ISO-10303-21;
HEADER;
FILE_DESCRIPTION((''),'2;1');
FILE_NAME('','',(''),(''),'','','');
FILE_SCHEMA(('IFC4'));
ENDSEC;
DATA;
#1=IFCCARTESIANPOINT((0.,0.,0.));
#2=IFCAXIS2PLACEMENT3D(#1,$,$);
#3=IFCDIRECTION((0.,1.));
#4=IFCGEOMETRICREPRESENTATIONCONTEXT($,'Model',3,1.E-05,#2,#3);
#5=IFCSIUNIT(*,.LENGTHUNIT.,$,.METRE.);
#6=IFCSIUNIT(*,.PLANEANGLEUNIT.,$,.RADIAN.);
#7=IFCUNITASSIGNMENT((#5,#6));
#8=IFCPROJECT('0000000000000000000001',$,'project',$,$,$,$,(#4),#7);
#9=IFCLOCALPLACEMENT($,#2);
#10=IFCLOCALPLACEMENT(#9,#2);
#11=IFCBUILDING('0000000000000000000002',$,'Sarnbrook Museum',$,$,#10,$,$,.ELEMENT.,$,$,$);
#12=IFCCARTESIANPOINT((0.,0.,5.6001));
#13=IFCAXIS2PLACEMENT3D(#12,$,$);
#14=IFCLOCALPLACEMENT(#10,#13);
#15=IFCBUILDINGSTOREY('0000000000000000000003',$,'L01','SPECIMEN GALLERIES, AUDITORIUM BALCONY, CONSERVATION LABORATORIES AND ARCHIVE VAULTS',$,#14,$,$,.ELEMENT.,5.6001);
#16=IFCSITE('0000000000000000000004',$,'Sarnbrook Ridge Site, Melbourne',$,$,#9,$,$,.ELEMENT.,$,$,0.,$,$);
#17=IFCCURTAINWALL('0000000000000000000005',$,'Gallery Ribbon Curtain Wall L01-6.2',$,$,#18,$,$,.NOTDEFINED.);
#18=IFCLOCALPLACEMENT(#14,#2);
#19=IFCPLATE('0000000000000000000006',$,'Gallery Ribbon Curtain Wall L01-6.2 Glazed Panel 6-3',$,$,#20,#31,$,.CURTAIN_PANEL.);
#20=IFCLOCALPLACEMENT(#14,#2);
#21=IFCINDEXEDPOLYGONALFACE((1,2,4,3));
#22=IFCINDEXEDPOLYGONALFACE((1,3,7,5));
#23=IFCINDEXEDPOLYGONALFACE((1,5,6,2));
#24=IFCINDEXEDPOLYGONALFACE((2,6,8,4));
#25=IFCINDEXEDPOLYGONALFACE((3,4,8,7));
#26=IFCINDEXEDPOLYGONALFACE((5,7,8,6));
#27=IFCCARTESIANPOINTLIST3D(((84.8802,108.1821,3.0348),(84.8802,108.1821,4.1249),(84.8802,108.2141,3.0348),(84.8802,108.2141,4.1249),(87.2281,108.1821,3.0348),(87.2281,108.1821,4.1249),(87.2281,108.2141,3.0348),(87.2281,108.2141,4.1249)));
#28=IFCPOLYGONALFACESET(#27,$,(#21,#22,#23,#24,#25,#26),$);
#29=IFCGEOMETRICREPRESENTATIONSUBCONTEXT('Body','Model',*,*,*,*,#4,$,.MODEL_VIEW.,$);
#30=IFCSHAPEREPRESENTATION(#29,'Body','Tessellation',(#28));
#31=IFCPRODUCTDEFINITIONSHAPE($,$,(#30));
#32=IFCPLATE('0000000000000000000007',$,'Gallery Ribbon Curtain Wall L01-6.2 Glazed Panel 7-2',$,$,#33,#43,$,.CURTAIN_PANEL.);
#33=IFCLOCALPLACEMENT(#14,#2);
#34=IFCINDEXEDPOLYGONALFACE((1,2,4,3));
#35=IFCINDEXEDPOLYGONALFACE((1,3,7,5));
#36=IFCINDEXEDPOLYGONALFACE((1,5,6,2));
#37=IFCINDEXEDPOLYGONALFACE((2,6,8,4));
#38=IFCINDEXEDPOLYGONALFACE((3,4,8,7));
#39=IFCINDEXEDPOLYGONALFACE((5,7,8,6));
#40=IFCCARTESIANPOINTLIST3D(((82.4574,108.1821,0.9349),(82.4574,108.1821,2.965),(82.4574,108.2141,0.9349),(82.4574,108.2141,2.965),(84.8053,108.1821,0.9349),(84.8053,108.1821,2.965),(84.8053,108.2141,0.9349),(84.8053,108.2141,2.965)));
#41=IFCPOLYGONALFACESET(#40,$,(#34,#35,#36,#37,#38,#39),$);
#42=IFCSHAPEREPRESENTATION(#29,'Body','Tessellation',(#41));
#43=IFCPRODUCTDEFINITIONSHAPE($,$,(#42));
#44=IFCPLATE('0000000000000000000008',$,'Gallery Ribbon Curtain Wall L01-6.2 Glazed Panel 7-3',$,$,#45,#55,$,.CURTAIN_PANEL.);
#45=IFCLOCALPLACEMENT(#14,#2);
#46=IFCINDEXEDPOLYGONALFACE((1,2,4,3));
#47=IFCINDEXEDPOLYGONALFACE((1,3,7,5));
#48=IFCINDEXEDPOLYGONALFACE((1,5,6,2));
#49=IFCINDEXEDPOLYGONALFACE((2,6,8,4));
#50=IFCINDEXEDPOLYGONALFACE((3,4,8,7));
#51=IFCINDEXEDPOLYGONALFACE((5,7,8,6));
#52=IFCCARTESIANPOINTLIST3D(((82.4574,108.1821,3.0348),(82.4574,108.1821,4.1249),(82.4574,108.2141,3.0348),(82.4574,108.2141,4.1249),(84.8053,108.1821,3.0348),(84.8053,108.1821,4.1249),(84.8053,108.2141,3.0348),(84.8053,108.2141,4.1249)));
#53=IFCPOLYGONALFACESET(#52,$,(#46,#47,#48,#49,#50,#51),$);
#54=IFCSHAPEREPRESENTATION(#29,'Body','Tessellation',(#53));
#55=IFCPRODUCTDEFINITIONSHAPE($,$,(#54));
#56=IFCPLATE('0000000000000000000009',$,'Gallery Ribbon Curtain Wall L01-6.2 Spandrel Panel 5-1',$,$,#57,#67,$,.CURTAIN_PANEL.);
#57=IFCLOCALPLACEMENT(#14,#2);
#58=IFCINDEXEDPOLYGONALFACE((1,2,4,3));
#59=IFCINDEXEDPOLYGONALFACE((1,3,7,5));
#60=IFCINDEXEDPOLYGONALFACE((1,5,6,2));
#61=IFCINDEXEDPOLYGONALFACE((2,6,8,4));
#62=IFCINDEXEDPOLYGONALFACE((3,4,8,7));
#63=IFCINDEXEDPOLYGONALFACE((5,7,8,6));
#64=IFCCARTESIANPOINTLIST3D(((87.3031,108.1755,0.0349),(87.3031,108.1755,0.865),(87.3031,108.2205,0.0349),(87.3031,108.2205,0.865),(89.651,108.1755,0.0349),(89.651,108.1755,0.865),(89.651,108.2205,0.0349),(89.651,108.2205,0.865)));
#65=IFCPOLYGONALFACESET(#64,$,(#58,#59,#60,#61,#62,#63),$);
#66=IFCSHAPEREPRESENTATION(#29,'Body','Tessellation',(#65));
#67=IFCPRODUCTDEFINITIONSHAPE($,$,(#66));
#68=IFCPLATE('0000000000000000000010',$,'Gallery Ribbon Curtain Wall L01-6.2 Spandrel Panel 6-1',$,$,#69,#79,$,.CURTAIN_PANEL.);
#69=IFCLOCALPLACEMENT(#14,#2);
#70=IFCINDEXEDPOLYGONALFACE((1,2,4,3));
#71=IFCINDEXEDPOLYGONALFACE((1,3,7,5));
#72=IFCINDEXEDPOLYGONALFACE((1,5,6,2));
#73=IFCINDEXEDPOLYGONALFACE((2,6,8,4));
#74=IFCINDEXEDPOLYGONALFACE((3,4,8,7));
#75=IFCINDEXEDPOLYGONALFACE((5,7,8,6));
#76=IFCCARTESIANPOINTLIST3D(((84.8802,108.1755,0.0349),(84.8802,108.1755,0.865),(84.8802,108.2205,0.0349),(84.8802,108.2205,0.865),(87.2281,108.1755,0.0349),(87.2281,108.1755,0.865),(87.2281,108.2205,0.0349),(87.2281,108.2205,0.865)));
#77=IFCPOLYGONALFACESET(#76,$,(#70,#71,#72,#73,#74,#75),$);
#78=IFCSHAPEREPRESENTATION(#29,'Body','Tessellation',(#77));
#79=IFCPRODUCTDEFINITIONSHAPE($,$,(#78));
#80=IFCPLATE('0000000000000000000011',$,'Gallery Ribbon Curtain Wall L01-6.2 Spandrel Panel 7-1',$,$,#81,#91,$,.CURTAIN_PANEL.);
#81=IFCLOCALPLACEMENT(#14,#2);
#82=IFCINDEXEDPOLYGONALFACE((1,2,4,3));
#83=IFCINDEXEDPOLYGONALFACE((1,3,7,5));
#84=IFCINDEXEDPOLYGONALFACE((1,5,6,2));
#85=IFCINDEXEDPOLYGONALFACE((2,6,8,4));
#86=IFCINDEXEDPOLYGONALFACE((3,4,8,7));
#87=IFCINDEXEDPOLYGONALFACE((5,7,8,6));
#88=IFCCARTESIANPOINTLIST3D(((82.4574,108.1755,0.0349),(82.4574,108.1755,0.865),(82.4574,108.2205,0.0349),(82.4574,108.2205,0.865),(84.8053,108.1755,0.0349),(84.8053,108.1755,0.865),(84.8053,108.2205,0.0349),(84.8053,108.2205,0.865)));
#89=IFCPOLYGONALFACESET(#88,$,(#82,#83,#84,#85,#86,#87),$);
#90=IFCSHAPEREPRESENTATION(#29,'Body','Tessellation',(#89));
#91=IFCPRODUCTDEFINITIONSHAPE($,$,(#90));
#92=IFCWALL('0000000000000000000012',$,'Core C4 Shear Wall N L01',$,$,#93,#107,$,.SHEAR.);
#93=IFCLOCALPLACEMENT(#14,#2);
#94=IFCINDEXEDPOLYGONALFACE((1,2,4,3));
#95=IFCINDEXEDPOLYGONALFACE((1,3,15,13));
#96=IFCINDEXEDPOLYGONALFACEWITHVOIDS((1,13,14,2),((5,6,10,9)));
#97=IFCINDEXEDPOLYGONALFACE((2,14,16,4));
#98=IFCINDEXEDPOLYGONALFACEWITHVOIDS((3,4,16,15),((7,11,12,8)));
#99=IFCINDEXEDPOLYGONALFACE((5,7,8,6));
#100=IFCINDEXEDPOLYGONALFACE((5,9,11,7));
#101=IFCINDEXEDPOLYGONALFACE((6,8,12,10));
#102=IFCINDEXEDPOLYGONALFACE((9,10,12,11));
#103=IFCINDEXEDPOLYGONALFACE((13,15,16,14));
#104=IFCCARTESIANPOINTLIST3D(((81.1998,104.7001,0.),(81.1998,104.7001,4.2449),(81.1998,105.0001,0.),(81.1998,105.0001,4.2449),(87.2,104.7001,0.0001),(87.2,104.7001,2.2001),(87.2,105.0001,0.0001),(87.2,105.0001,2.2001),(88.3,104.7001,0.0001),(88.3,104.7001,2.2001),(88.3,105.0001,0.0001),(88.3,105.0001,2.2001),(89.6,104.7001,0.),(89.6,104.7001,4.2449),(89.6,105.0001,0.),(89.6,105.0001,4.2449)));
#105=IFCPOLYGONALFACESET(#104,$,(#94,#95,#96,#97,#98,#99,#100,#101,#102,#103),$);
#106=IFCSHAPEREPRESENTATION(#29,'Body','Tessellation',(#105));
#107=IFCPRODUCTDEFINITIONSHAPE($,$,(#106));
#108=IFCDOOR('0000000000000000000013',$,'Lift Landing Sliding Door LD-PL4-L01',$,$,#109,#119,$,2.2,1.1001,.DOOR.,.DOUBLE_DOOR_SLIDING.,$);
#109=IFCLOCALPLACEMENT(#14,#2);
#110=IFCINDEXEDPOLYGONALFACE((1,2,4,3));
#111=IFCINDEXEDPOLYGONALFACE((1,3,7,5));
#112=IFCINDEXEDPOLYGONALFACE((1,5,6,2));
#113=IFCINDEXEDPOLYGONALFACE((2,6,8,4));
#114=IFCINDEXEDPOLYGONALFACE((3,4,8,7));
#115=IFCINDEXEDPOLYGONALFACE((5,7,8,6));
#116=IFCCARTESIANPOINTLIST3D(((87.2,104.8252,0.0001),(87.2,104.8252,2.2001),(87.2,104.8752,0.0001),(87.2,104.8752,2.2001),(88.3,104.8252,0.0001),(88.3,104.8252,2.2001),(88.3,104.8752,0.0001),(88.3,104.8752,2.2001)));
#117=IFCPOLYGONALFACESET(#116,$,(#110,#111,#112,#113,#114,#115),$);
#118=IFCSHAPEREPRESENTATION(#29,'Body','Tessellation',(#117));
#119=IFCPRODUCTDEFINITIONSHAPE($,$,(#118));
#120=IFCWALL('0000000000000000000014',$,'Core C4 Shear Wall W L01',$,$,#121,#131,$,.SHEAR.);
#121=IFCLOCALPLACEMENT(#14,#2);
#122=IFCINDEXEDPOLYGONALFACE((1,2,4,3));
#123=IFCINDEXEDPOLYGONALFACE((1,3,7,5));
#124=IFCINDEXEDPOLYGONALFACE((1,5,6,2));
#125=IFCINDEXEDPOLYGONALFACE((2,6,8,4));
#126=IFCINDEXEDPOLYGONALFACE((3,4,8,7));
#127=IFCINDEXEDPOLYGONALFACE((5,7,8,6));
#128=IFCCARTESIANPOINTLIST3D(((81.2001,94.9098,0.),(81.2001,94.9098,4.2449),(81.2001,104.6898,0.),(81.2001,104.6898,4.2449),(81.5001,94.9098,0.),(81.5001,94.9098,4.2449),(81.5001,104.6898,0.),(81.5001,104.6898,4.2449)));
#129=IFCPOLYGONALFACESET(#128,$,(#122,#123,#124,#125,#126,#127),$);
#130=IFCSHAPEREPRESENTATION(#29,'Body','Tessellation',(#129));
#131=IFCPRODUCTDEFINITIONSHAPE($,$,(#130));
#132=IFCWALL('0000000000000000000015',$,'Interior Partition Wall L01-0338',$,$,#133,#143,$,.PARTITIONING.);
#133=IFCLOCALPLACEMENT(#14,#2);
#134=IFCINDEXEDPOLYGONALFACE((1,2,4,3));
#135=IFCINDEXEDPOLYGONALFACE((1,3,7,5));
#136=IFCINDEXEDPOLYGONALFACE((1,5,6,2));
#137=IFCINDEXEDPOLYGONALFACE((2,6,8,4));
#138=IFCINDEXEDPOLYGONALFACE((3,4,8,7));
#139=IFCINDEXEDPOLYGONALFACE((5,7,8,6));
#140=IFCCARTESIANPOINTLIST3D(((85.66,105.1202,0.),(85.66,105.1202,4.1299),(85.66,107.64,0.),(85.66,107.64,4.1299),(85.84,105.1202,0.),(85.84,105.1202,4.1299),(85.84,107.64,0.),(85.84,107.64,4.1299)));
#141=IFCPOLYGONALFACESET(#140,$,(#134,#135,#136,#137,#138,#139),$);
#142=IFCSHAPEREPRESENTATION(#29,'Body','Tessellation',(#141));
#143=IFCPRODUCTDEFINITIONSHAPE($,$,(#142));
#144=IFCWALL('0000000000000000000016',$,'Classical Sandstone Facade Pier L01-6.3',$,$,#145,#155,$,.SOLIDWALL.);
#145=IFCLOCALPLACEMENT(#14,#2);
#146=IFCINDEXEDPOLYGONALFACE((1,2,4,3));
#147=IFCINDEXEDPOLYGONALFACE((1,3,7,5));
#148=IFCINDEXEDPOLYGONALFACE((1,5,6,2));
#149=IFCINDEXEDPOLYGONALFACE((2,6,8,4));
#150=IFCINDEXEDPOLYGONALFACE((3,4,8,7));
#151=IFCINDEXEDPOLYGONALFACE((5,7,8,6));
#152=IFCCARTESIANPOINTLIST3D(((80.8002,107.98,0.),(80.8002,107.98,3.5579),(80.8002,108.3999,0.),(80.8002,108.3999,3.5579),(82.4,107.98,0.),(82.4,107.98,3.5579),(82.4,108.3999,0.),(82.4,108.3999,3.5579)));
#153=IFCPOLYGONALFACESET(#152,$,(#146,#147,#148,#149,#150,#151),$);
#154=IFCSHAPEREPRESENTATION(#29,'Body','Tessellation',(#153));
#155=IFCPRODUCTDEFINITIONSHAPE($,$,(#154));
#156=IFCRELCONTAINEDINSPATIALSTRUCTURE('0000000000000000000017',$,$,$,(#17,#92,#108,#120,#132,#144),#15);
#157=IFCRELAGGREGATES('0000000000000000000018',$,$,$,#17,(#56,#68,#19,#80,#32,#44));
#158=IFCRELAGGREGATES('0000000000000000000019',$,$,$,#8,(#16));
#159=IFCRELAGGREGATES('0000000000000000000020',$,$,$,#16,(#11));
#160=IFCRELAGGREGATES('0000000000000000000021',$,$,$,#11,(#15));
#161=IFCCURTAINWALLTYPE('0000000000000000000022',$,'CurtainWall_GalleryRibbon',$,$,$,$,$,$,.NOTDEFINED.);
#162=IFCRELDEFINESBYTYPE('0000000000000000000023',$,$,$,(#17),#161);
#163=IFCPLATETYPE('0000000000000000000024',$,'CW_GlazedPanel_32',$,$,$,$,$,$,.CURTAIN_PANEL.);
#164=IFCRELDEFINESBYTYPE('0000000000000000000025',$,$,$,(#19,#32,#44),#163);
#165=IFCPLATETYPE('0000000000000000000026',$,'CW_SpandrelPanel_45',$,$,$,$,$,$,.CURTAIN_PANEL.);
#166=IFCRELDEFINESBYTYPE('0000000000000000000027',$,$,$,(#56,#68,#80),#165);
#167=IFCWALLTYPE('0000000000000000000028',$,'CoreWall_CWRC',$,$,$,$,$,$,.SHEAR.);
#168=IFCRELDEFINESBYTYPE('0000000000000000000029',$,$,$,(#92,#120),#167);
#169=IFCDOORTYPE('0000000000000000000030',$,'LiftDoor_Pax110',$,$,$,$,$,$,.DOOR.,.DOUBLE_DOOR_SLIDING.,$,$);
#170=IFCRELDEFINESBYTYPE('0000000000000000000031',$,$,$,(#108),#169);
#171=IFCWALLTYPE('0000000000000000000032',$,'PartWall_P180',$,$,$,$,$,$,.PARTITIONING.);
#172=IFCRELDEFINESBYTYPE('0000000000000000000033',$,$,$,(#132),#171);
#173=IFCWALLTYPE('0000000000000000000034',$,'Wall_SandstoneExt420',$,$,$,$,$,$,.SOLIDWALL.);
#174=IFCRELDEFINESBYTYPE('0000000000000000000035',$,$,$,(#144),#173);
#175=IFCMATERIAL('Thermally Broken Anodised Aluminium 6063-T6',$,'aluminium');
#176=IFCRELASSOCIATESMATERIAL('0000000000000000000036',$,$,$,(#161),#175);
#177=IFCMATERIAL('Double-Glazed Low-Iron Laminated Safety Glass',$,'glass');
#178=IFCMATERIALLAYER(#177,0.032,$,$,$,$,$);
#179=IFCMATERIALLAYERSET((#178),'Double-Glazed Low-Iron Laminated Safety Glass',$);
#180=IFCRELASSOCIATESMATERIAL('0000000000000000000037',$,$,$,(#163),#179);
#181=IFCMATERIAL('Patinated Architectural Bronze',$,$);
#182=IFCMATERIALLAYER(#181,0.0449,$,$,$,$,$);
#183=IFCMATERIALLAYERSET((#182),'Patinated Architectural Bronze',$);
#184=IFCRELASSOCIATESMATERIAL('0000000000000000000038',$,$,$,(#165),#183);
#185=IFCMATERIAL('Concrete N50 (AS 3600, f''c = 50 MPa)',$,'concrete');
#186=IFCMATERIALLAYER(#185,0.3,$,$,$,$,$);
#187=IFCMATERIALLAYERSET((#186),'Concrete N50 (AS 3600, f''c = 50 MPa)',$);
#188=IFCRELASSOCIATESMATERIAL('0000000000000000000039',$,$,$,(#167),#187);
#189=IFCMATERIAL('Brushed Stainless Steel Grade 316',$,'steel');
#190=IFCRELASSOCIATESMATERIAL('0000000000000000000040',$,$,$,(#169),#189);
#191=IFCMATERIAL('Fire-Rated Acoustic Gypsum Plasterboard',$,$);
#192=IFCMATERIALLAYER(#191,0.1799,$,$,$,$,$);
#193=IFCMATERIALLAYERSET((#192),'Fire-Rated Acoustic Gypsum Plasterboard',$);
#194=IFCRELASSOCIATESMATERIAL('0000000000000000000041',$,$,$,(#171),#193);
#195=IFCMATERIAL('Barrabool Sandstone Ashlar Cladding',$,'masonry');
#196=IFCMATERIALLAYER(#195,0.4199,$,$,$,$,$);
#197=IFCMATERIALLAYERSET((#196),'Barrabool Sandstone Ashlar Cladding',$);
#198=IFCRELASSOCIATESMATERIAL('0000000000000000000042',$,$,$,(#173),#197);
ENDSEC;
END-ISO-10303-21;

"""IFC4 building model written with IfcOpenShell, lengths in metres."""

from ifc_helpers import new_model, si_unit, direction, frame, frame_2d, origin, origin_2d, place, context, subcontext, project, spatial, rectangle, extrude, material, layer, layer_set, type_object, element, fill, aggregate, save


model = new_model("IFC4")

# Units and contexts
model_context = context("Model", 3, precision=1e-05, world=origin(), true_north=direction((0.0, 1.0)))
body_context = subcontext(model_context, "Body", "Model", "MODEL_VIEW")
ifc_project = project(units=[si_unit("LENGTHUNIT", "METRE"), si_unit("PLANEANGLEUNIT", "RADIAN")], contexts=[model_context])

# Site, building, storey
site_placement = place(None, origin())
site = spatial("IfcSite", under=ifc_project, at=site_placement, Name="Sarnbrook Ridge Site, Melbourne", CompositionType="ELEMENT", RefElevation=0.0)
building_placement = place(site_placement, origin())
building = spatial("IfcBuilding", under=site, at=building_placement, Name="Sarnbrook Museum", CompositionType="ELEMENT")
storey_placement = place(building_placement, frame((0.0, 0.0, 5.6001)))
storey = spatial("IfcBuildingStorey", under=building, at=storey_placement, Name="L01", Description="SPECIMEN GALLERIES, AUDITORIUM BALCONY, CONSERVATION LABORATORIES AND ARCHIVE VAULTS", CompositionType="ELEMENT", Elevation=5.6001)

# Curtain wall, plates
ifc_material_1 = material(Name="Thermally Broken Anodised Aluminium 6063-T6", Category="aluminium")
curtain_wall_type = type_object("IfcCurtainWallType", Name="CurtainWall_GalleryRibbon", PredefinedType="NOTDEFINED", material=ifc_material_1)
curtain_wall_placement = place(storey_placement, origin())
curtain_wall = element("IfcCurtainWall", 1, at=curtain_wall_placement, inside=storey, type_object=curtain_wall_type, Name="Gallery Ribbon Curtain Wall L01-6.2", PredefinedType="NOTDEFINED")
ifc_material_2 = material(Name="Double-Glazed Low-Iron Laminated Safety Glass", Category="glass")
ifc_layer_1 = layer(ifc_material_2, 0.032)
ifc_layer_set_1 = layer_set([ifc_layer_1], Name="Double-Glazed Low-Iron Laminated Safety Glass")
plate_type_1 = type_object("IfcPlateType", Name="CW_GlazedPanel_32", PredefinedType="CURTAIN_PANEL", material=ifc_layer_set_1)
plate_1_placement = place(storey_placement, frame((86.0542, 108.1821, 3.5798), z_axis=(0.0, 1.0, 0.0), x_axis=(-1.0, 0.0, 0.0)))
plate_1 = element("IfcPlate", 2, at=plate_1_placement, type_object=plate_type_1, Name="Gallery Ribbon Curtain Wall L01-6.2 Glazed Panel 6-3", PredefinedType="CURTAIN_PANEL", context=body_context, shape_type="SweptSolid", body=[
    extrude(rectangle(XDim=2.3479, YDim=1.0901, at=origin_2d()), origin(), (0.0, 0.0, 1.0), 0.032),
])
plate_2_placement = place(storey_placement, frame((83.6313, 108.1821, 1.95), z_axis=(0.0, 1.0, 0.0), x_axis=(-1.0, 0.0, 0.0)))
plate_2 = element("IfcPlate", 3, at=plate_2_placement, type_object=plate_type_1, Name="Gallery Ribbon Curtain Wall L01-6.2 Glazed Panel 7-2", PredefinedType="CURTAIN_PANEL", context=body_context, shape_type="SweptSolid", body=[
    extrude(rectangle(XDim=2.3479, YDim=2.03, at=origin_2d()), origin(), (0.0, 0.0, 1.0), 0.032),
])
plate_3_placement = place(storey_placement, frame((83.6313, 108.1821, 3.5798), z_axis=(0.0, 1.0, 0.0), x_axis=(-1.0, 0.0, 0.0)))
plate_3 = element("IfcPlate", 4, at=plate_3_placement, type_object=plate_type_1, Name="Gallery Ribbon Curtain Wall L01-6.2 Glazed Panel 7-3", PredefinedType="CURTAIN_PANEL", context=body_context, shape_type="SweptSolid", body=[
    extrude(rectangle(XDim=2.3479, YDim=1.0901, at=origin_2d()), origin(), (0.0, 0.0, 1.0), 0.032),
])
ifc_material_3 = material(Name="Patinated Architectural Bronze")
ifc_layer_2 = layer(ifc_material_3, 0.0449)
ifc_layer_set_2 = layer_set([ifc_layer_2], Name="Patinated Architectural Bronze")
plate_type_2 = type_object("IfcPlateType", Name="CW_SpandrelPanel_45", PredefinedType="CURTAIN_PANEL", material=ifc_layer_set_2)
plate_4_placement = place(storey_placement, frame((88.4771, 108.1755, 0.45), z_axis=(0.0, 1.0, 0.0), x_axis=(-1.0, 0.0, 0.0)))
plate_4 = element("IfcPlate", 5, at=plate_4_placement, type_object=plate_type_2, Name="Gallery Ribbon Curtain Wall L01-6.2 Spandrel Panel 5-1", PredefinedType="CURTAIN_PANEL", context=body_context, shape_type="SweptSolid", body=[
    extrude(rectangle(XDim=2.3479, YDim=0.8301, at=origin_2d()), origin(), (0.0, 0.0, 1.0), 0.0449),
])
plate_5_placement = place(storey_placement, frame((86.0542, 108.1755, 0.45), z_axis=(0.0, 1.0, 0.0), x_axis=(-1.0, 0.0, 0.0)))
plate_5 = element("IfcPlate", 6, at=plate_5_placement, type_object=plate_type_2, Name="Gallery Ribbon Curtain Wall L01-6.2 Spandrel Panel 6-1", PredefinedType="CURTAIN_PANEL", context=body_context, shape_type="SweptSolid", body=[
    extrude(rectangle(XDim=2.3479, YDim=0.8301, at=origin_2d()), origin(), (0.0, 0.0, 1.0), 0.0449),
])
plate_6_placement = place(storey_placement, frame((83.6313, 108.1755, 0.45), z_axis=(0.0, 1.0, 0.0), x_axis=(-1.0, 0.0, 0.0)))
plate_6 = element("IfcPlate", 7, at=plate_6_placement, type_object=plate_type_2, Name="Gallery Ribbon Curtain Wall L01-6.2 Spandrel Panel 7-1", PredefinedType="CURTAIN_PANEL", context=body_context, shape_type="SweptSolid", body=[
    extrude(rectangle(XDim=2.3479, YDim=0.8301, at=origin_2d()), origin(), (0.0, 0.0, 1.0), 0.0449),
])
aggregate(curtain_wall, [plate_4, plate_5, plate_1, plate_6, plate_2, plate_3])

# Wall, opening, door
ifc_material_4 = material(Name="Concrete N50 (AS 3600, f'c = 50 MPa)", Category="concrete")
ifc_layer_3 = layer(ifc_material_4, 0.3)
ifc_layer_set_3 = layer_set([ifc_layer_3], Name="Concrete N50 (AS 3600, f'c = 50 MPa)")
wall_type_1 = type_object("IfcWallType", Name="CoreWall_CWRC", PredefinedType="SHEAR", material=ifc_layer_set_3)
wall_1_placement = place(storey_placement, frame((89.6001, 104.8501, 0.0), z_axis=(0.0, 0.0, 1.0), x_axis=(-1.0, 0.0, 0.0)))
wall_1 = element("IfcWall", 8, at=wall_1_placement, inside=storey, type_object=wall_type_1, Name="Core C4 Shear Wall N L01", PredefinedType="SHEAR", context=body_context, shape_type="SweptSolid", body=[
    extrude(rectangle(XDim=8.4001, YDim=0.3, at=frame_2d((4.2002, 0.0))), origin(), (0.0, 0.0, 1.0), 4.2449),
])
opening_placement = place(wall_1_placement, frame((1.3, 0.0, 0.0)))
opening = element("IfcOpeningElement", 9, at=opening_placement, cuts=wall_1, PredefinedType="OPENING", context=body_context, shape_type="SweptSolid", body=[
    extrude(rectangle(XDim=1.1001, YDim=2.2, at=frame_2d((0.55, 1.1001))), frame((0.0, 0.1602, 0.0), z_axis=(0.0, -1.0, 0.0), x_axis=(1.0, 0.0, 0.0)), (0.0, 0.0, 1.0), 0.3201),
])
ifc_material_5 = material(Name="Brushed Stainless Steel Grade 316", Category="steel")
door_type = type_object("IfcDoorType", Name="LiftDoor_Pax110", OperationType="DOUBLE_DOOR_SLIDING", PredefinedType="DOOR", material=ifc_material_5)
door_placement = place(opening_placement, origin())
door = element("IfcDoor", 10, at=door_placement, inside=storey, type_object=door_type, Name="Lift Landing Sliding Door LD-PL4-L01", OperationType="DOUBLE_DOOR_SLIDING", OverallHeight=2.2, OverallWidth=1.1001, PredefinedType="DOOR", context=body_context, shape_type="SweptSolid", body=[
    extrude(rectangle(XDim=1.1001, YDim=2.2, at=frame_2d((0.55, 1.1001))), frame((0.0, 0.0249, 0.0), z_axis=(0.0, -1.0, 0.0), x_axis=(1.0, 0.0, 0.0)), (0.0, 0.0, 1.0), 0.05),
])
fill(opening, door)

# Walls
wall_2_placement = place(storey_placement, frame((81.3501, 104.6899, 0.0), z_axis=(0.0, 0.0, 1.0), x_axis=(0.0, -1.0, 0.0)))
element("IfcWall", 11, at=wall_2_placement, inside=storey, type_object=wall_type_1, Name="Core C4 Shear Wall W L01", PredefinedType="SHEAR", context=body_context, shape_type="SweptSolid", body=[
    extrude(rectangle(XDim=9.78, YDim=0.3, at=frame_2d((4.8901, 0.0))), origin(), (0.0, 0.0, 1.0), 4.2449),
])
ifc_material_6 = material(Name="Fire-Rated Acoustic Gypsum Plasterboard")
ifc_layer_4 = layer(ifc_material_6, 0.1799)
ifc_layer_set_4 = layer_set([ifc_layer_4], Name="Fire-Rated Acoustic Gypsum Plasterboard")
wall_type_2 = type_object("IfcWallType", Name="PartWall_P180", PredefinedType="PARTITIONING", material=ifc_layer_set_4)
wall_3_placement = place(storey_placement, frame((85.75, 107.6399, 0.0), z_axis=(0.0, 0.0, 1.0), x_axis=(0.0, -1.0, 0.0)))
element("IfcWall", 12, at=wall_3_placement, inside=storey, type_object=wall_type_2, Name="Interior Partition Wall L01-0338", PredefinedType="PARTITIONING", context=body_context, shape_type="SweptSolid", body=[
    extrude(rectangle(XDim=2.5198, YDim=0.1799, at=frame_2d((1.2598, 0.0))), origin(), (0.0, 0.0, 1.0), 4.1299),
])
ifc_material_7 = material(Name="Barrabool Sandstone Ashlar Cladding", Category="masonry")
ifc_layer_5 = layer(ifc_material_7, 0.4199)
ifc_layer_set_5 = layer_set([ifc_layer_5], Name="Barrabool Sandstone Ashlar Cladding")
wall_type_3 = type_object("IfcWallType", Name="Wall_SandstoneExt420", PredefinedType="SOLIDWALL", material=ifc_layer_set_5)
wall_4_placement = place(storey_placement, frame((82.3999, 108.1899, 0.0), z_axis=(0.0, 0.0, 1.0), x_axis=(-1.0, 0.0, 0.0)))
element("IfcWall", 13, at=wall_4_placement, inside=storey, type_object=wall_type_3, Name="Classical Sandstone Facade Pier L01-6.3", PredefinedType="SOLIDWALL", context=body_context, shape_type="SweptSolid", body=[
    extrude(rectangle(XDim=1.5999, YDim=0.4199, at=frame_2d((0.7998, 0.0))), origin(), (0.0, 0.0, 1.0), 3.5579),
])

save(model, "model.ifc")
